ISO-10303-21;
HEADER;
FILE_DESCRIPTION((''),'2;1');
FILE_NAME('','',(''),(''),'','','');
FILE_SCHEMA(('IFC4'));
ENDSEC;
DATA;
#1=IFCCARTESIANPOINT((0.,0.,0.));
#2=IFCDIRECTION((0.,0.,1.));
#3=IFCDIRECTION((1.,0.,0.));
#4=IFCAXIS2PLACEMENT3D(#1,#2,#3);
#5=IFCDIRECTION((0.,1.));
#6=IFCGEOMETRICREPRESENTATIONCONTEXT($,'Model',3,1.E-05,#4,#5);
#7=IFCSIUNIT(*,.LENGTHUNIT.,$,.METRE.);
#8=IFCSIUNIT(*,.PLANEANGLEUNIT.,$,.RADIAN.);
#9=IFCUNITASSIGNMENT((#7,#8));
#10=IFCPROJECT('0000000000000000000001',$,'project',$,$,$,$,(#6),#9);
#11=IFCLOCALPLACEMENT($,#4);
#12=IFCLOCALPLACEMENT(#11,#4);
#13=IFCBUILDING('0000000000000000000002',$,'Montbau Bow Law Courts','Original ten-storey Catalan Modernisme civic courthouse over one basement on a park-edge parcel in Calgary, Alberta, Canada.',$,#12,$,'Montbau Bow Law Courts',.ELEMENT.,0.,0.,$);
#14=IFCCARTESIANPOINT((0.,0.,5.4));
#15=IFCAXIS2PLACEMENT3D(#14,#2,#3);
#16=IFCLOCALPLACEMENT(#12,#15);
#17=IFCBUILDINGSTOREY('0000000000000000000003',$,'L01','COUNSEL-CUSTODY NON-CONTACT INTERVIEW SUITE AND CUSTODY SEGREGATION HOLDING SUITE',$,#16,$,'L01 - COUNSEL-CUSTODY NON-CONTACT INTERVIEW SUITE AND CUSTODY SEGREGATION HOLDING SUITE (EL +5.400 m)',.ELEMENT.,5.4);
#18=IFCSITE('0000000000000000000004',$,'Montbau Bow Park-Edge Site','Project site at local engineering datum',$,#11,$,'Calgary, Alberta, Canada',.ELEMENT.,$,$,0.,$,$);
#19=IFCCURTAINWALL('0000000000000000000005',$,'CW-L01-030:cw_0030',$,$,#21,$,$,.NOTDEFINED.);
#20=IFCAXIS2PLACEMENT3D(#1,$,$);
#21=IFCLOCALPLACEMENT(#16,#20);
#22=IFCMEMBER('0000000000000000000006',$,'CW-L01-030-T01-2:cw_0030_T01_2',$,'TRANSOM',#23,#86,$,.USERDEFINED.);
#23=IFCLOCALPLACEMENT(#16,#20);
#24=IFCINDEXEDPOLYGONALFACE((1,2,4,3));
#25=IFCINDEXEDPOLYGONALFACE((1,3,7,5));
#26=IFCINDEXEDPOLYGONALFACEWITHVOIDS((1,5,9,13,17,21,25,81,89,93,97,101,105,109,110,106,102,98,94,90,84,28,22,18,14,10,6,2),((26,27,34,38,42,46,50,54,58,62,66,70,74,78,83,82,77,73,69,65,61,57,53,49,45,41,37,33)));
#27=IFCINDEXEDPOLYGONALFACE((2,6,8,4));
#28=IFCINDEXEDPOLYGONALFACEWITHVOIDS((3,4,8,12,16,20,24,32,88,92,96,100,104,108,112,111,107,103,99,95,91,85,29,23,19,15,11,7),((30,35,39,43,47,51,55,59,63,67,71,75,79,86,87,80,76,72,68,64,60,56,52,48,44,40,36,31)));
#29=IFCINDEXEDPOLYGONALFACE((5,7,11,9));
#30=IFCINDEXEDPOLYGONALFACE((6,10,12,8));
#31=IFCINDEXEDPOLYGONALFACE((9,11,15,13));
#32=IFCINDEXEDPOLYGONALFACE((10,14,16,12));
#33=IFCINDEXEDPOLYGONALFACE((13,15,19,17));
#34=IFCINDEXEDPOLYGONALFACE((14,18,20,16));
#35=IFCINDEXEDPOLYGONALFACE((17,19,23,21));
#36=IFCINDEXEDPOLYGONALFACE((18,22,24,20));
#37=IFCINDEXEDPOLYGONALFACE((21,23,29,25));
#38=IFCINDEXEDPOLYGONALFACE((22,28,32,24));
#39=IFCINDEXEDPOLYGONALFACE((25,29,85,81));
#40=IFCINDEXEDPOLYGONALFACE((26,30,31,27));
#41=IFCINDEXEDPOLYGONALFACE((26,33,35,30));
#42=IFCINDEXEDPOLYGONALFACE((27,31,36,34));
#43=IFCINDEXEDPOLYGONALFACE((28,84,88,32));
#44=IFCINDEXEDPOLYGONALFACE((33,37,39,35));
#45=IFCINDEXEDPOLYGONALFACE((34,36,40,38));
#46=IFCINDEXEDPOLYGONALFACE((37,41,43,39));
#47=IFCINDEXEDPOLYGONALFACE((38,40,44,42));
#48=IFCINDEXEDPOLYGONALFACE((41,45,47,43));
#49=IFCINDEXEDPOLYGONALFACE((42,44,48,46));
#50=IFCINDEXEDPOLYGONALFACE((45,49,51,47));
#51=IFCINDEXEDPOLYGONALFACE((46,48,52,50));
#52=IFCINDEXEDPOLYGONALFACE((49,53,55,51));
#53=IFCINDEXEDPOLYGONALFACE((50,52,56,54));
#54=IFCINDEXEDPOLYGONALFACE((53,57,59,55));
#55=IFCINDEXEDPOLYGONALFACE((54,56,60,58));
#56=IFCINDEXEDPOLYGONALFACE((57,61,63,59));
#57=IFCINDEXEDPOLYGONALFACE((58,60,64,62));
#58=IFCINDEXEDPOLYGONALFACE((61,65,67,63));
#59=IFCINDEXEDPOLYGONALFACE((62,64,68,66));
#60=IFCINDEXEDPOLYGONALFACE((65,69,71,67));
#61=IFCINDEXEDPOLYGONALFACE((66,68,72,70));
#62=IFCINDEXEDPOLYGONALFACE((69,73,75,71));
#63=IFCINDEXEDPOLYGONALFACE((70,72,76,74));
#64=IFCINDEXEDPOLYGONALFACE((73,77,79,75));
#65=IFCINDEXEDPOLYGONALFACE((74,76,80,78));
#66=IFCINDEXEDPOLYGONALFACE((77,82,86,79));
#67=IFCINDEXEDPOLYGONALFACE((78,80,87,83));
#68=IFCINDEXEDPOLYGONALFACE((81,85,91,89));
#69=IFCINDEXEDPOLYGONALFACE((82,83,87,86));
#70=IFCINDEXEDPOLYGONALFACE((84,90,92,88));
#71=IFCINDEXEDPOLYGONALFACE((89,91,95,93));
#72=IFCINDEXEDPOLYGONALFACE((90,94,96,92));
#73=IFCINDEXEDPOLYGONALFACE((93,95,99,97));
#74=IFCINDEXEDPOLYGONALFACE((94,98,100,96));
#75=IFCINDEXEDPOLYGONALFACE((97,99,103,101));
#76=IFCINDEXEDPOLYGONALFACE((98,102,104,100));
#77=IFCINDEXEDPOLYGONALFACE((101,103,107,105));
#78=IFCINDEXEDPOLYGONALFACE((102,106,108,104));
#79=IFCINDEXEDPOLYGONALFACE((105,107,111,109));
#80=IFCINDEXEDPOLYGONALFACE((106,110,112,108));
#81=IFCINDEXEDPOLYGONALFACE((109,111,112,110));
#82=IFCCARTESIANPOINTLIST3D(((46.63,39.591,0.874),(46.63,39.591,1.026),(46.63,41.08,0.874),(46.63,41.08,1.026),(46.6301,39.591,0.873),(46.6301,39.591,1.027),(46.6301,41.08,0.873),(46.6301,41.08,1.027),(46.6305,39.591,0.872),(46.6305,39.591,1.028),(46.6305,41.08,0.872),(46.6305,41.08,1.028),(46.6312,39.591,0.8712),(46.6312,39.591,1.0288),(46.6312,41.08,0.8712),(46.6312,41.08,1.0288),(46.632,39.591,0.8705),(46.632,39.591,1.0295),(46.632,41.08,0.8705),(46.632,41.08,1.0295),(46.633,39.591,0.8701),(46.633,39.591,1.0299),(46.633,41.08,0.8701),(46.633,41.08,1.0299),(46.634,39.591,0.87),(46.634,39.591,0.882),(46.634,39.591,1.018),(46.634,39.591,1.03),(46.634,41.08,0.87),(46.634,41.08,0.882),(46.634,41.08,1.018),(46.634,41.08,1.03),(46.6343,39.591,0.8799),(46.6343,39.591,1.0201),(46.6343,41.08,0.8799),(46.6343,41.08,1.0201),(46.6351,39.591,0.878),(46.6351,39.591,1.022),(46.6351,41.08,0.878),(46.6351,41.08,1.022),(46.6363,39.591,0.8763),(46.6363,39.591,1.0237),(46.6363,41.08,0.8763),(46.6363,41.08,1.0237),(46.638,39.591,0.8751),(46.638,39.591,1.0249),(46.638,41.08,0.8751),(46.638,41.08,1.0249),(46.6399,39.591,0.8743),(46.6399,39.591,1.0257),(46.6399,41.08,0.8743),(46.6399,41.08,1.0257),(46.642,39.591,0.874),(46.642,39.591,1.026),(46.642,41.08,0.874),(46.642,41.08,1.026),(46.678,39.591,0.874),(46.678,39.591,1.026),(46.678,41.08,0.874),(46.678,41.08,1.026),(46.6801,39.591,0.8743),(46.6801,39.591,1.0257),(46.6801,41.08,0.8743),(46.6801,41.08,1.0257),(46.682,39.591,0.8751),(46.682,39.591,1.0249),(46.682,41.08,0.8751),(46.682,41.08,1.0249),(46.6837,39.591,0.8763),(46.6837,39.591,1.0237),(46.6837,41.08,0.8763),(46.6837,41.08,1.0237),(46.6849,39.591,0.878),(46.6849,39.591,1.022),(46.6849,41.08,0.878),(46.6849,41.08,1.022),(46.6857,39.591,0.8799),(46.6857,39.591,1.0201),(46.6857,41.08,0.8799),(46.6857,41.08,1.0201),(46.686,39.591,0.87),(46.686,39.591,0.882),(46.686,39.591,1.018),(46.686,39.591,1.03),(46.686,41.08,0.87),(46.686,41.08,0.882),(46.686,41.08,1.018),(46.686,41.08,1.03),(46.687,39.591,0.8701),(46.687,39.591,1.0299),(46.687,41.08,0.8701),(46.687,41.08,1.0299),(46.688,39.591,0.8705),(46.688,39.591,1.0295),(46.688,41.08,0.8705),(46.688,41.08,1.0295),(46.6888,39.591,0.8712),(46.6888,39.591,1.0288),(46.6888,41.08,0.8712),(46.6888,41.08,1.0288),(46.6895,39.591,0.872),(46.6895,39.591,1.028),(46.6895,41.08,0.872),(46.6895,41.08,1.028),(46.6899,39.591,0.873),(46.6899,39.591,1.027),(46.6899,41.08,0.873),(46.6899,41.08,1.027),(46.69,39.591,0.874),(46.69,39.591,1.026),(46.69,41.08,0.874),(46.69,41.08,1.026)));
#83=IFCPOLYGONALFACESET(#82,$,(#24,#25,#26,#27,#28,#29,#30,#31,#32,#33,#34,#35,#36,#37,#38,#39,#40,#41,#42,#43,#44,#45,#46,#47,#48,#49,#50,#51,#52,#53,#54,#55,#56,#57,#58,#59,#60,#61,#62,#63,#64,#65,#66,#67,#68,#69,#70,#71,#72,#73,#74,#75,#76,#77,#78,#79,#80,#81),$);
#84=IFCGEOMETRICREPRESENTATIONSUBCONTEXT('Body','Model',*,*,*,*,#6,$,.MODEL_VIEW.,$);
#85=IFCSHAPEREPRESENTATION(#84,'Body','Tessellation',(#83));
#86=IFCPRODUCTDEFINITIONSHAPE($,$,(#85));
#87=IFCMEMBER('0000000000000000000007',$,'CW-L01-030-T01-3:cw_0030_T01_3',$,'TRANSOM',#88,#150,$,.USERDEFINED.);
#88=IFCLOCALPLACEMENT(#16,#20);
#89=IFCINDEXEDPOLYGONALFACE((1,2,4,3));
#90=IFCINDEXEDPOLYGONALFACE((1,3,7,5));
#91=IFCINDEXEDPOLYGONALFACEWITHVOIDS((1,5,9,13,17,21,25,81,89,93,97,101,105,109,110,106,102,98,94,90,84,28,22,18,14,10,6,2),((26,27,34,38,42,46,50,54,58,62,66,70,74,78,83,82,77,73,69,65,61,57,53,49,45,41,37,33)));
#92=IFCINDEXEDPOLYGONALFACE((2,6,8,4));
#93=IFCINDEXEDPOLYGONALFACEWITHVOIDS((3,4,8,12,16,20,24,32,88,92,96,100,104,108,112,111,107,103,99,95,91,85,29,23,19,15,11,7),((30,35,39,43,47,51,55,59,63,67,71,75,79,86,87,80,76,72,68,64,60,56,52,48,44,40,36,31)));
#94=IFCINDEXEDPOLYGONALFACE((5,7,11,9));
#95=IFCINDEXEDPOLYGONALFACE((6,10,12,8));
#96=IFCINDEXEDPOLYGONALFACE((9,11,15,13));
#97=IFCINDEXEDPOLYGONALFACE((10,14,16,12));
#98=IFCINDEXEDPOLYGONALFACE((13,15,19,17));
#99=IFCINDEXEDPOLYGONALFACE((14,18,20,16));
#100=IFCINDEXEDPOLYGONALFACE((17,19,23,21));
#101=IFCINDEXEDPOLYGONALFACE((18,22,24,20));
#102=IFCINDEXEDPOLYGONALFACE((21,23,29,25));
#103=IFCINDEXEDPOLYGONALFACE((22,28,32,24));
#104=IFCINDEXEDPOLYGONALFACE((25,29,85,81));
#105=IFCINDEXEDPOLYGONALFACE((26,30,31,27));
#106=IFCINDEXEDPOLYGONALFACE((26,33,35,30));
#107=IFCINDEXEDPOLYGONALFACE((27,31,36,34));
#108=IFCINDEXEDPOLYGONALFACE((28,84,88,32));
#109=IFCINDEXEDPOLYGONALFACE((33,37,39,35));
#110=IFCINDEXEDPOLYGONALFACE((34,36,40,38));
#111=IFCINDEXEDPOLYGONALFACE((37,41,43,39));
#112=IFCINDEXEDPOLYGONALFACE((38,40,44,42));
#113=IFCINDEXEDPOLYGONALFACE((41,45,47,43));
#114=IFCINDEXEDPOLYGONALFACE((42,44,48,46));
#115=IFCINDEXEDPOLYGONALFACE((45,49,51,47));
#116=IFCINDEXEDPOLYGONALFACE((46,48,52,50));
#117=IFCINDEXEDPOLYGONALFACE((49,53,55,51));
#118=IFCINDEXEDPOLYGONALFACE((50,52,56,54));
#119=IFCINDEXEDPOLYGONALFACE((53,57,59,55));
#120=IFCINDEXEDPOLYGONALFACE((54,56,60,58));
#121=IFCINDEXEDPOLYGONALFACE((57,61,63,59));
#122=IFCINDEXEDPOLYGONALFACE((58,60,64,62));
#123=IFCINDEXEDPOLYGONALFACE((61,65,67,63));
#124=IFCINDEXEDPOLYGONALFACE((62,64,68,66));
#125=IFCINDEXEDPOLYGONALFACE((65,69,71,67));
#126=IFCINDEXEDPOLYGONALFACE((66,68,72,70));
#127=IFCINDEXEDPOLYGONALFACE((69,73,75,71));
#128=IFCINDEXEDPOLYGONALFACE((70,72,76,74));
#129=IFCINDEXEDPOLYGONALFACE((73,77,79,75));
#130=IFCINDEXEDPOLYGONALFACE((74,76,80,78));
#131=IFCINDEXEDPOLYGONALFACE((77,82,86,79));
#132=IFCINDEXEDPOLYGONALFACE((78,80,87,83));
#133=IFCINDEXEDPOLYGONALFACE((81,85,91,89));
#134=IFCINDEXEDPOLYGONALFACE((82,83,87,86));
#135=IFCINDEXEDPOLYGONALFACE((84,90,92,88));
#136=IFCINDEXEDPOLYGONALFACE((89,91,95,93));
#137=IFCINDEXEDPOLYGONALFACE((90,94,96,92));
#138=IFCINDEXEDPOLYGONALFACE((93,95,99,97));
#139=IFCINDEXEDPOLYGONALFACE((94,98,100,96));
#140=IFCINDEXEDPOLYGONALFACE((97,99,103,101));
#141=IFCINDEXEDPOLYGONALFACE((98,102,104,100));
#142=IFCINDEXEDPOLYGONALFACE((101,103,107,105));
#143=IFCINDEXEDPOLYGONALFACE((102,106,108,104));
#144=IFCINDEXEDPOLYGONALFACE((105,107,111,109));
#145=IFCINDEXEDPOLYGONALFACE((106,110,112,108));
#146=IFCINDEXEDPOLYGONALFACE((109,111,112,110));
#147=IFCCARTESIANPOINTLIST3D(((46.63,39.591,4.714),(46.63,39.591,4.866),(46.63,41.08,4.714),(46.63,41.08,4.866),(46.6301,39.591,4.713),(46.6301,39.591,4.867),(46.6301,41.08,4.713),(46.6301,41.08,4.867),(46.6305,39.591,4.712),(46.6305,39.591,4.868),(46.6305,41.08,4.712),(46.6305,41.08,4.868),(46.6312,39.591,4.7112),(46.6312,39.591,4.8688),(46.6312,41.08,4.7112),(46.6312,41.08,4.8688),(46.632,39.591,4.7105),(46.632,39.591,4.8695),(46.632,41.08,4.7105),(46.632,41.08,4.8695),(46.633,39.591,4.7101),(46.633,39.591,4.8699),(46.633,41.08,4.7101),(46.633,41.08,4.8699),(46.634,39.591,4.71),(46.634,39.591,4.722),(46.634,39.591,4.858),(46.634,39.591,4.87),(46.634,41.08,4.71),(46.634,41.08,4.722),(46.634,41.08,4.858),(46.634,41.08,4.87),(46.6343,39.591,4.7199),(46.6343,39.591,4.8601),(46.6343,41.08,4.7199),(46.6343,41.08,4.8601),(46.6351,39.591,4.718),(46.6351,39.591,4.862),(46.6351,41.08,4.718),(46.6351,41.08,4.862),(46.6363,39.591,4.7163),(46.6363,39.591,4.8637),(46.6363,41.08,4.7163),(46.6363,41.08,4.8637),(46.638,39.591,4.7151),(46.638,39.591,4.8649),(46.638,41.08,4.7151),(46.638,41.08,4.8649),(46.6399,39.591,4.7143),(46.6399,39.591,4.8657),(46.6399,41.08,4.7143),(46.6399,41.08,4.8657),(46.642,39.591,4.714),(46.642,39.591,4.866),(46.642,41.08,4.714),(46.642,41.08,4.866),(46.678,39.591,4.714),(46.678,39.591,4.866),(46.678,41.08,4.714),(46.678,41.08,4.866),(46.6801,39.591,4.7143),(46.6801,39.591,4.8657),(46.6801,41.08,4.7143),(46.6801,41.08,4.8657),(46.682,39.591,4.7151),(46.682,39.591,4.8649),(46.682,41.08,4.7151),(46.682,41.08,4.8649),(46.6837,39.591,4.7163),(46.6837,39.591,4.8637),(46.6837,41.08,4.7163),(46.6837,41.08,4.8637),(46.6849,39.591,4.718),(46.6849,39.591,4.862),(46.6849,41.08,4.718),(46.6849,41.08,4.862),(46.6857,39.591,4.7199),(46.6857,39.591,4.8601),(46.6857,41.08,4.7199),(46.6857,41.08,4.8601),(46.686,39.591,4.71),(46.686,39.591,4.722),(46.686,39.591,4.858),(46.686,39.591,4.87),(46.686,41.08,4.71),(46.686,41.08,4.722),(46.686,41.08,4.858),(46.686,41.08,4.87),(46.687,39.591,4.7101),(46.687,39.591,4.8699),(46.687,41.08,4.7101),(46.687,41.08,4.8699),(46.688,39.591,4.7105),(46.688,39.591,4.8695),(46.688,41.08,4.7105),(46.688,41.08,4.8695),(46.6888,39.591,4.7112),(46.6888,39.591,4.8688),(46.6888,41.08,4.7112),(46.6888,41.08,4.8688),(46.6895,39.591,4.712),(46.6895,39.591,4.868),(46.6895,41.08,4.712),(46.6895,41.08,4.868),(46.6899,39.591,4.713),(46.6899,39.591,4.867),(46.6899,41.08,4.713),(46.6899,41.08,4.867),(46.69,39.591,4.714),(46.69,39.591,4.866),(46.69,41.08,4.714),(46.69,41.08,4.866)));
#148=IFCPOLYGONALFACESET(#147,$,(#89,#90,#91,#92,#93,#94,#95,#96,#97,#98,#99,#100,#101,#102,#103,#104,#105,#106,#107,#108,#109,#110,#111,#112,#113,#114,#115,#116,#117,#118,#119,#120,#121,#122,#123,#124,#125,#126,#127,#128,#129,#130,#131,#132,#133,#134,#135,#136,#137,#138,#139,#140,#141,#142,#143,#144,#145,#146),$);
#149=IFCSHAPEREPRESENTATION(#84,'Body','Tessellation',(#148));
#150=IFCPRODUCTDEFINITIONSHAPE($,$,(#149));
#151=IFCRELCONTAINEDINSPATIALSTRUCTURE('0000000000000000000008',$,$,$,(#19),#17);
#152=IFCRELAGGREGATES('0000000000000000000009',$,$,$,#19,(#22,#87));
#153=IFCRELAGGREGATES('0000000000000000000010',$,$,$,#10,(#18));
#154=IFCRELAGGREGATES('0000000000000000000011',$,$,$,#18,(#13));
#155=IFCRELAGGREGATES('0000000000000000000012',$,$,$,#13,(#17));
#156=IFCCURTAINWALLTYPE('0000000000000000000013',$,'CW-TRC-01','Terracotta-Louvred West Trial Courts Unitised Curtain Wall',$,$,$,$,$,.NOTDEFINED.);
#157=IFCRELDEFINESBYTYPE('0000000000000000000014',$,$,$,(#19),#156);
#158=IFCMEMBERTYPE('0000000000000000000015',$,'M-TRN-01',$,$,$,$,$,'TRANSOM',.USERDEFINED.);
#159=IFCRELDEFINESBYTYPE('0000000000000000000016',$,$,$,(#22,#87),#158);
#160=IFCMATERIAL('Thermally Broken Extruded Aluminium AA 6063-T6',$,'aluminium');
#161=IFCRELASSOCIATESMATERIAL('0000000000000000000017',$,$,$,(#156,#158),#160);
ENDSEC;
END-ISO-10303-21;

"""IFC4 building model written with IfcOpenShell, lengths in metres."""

from ifc_helpers import new_model, si_unit, direction, frame, origin_with_axes, origin_2d_with_axis, place, context, subcontext, project, spatial, hollow_rectangle, extrude, material, material_profile, profile_set, type_object, element, aggregate, save


model = new_model("IFC4")

# Units and contexts
model_context = context("Model", 3, precision=1e-05, world=origin_with_axes(), true_north=direction((0.0, 1.0)))
body_context = subcontext(model_context, "Body", "Model", "MODEL_VIEW")
ifc_project = project(units=[si_unit("LENGTHUNIT", "METRE"), si_unit("PLANEANGLEUNIT", "RADIAN")], contexts=[model_context])

# Site, building, storey
site_placement = place(None, origin_with_axes())
site = spatial("IfcSite", under=ifc_project, at=site_placement, Name="Montbau Bow Park-Edge Site", Description="Project site at local engineering datum", LongName="Calgary, Alberta, Canada", CompositionType="ELEMENT", RefElevation=0.0)
building_placement = place(site_placement, origin_with_axes())
building = spatial("IfcBuilding", under=site, at=building_placement, Name="Montbau Bow Law Courts", Description="Original ten-storey Catalan Modernisme civic courthouse over one basement on a park-edge parcel in Calgary, Alberta, Canada.", LongName="Montbau Bow Law Courts", CompositionType="ELEMENT", ElevationOfRefHeight=0.0, ElevationOfTerrain=0.0)
storey_placement = place(building_placement, frame((0.0, 0.0, 5.4), z_axis=(0.0, 0.0, 1.0), x_axis=(1.0, 0.0, 0.0)))
storey = spatial("IfcBuildingStorey", under=building, at=storey_placement, Name="L01", Description="COUNSEL-CUSTODY NON-CONTACT INTERVIEW SUITE AND CUSTODY SEGREGATION HOLDING SUITE", LongName="L01 - COUNSEL-CUSTODY NON-CONTACT INTERVIEW SUITE AND CUSTODY SEGREGATION HOLDING SUITE (EL +5.400 m)", CompositionType="ELEMENT", Elevation=5.4)

# Curtain wall, members
ifc_material_1 = material(Name="Thermally Broken Extruded Aluminium AA 6063-T6", Category="aluminium")
curtain_wall_type_1 = type_object("IfcCurtainWallType", Name="CW-TRC-01", Description="Terracotta-Louvred West Trial Courts Unitised Curtain Wall", PredefinedType="NOTDEFINED", material=ifc_material_1)
curtain_wall_1_placement = place(None, frame((46.66, 39.515, 5.4), z_axis=(0.0, 0.0, 1.0), x_axis=(1.0, 0.0, 0.0)))
curtain_wall_1 = element("IfcCurtainWall", 1, at=curtain_wall_1_placement, inside=storey, type_object=curtain_wall_type_1, Name="CW-L01-030:cw_0030", PredefinedType="NOTDEFINED")
ifc_material_profile_1 = material_profile(ifc_material_1, hollow_rectangle(XDim=0.06, YDim=0.16, WallThickness=0.004, InnerFilletRadius=0.008, OuterFilletRadius=0.004, at=origin_2d_with_axis()), Name="CWT-160X60", Category="Main", Priority=0)
ifc_profile_set_1 = profile_set([ifc_material_profile_1], Name="Thermally Broken Extruded Aluminium AA 6063-T6")
member_type_1 = type_object("IfcMemberType", Name="M-TRN-01", ElementType="TRANSOM", PredefinedType="USERDEFINED", material=ifc_profile_set_1)
member_1_placement = place(None, frame((46.66, 39.591, 6.35), z_axis=(0.0, 1.0, 0.0), x_axis=(-1.0, 0.0, 0.0)))
member_1 = element("IfcMember", 2, at=member_1_placement, type_object=member_type_1, Name="CW-L01-030-T01-2:cw_0030_T01_2", ObjectType="TRANSOM", PredefinedType="USERDEFINED", context=body_context, shape_type="SweptSolid", body=[
    extrude(hollow_rectangle(XDim=0.06, YDim=0.16, WallThickness=0.004, InnerFilletRadius=0.008, OuterFilletRadius=0.004, at=origin_2d_with_axis()), origin_with_axes(), (0.0, 0.0, 1.0), 1.489),
])
member_2_placement = place(None, frame((46.66, 39.591, 10.19), z_axis=(0.0, 1.0, 0.0), x_axis=(-1.0, 0.0, 0.0)))
member_2 = element("IfcMember", 3, at=member_2_placement, type_object=member_type_1, Name="CW-L01-030-T01-3:cw_0030_T01_3", ObjectType="TRANSOM", PredefinedType="USERDEFINED", context=body_context, shape_type="SweptSolid", body=[
    extrude(hollow_rectangle(XDim=0.06, YDim=0.16, WallThickness=0.004, InnerFilletRadius=0.008, OuterFilletRadius=0.004, at=origin_2d_with_axis()), origin_with_axes(), (0.0, 0.0, 1.0), 1.489),
])

aggregate(curtain_wall_1, [member_1, member_2])

save(model, "model.ifc")
